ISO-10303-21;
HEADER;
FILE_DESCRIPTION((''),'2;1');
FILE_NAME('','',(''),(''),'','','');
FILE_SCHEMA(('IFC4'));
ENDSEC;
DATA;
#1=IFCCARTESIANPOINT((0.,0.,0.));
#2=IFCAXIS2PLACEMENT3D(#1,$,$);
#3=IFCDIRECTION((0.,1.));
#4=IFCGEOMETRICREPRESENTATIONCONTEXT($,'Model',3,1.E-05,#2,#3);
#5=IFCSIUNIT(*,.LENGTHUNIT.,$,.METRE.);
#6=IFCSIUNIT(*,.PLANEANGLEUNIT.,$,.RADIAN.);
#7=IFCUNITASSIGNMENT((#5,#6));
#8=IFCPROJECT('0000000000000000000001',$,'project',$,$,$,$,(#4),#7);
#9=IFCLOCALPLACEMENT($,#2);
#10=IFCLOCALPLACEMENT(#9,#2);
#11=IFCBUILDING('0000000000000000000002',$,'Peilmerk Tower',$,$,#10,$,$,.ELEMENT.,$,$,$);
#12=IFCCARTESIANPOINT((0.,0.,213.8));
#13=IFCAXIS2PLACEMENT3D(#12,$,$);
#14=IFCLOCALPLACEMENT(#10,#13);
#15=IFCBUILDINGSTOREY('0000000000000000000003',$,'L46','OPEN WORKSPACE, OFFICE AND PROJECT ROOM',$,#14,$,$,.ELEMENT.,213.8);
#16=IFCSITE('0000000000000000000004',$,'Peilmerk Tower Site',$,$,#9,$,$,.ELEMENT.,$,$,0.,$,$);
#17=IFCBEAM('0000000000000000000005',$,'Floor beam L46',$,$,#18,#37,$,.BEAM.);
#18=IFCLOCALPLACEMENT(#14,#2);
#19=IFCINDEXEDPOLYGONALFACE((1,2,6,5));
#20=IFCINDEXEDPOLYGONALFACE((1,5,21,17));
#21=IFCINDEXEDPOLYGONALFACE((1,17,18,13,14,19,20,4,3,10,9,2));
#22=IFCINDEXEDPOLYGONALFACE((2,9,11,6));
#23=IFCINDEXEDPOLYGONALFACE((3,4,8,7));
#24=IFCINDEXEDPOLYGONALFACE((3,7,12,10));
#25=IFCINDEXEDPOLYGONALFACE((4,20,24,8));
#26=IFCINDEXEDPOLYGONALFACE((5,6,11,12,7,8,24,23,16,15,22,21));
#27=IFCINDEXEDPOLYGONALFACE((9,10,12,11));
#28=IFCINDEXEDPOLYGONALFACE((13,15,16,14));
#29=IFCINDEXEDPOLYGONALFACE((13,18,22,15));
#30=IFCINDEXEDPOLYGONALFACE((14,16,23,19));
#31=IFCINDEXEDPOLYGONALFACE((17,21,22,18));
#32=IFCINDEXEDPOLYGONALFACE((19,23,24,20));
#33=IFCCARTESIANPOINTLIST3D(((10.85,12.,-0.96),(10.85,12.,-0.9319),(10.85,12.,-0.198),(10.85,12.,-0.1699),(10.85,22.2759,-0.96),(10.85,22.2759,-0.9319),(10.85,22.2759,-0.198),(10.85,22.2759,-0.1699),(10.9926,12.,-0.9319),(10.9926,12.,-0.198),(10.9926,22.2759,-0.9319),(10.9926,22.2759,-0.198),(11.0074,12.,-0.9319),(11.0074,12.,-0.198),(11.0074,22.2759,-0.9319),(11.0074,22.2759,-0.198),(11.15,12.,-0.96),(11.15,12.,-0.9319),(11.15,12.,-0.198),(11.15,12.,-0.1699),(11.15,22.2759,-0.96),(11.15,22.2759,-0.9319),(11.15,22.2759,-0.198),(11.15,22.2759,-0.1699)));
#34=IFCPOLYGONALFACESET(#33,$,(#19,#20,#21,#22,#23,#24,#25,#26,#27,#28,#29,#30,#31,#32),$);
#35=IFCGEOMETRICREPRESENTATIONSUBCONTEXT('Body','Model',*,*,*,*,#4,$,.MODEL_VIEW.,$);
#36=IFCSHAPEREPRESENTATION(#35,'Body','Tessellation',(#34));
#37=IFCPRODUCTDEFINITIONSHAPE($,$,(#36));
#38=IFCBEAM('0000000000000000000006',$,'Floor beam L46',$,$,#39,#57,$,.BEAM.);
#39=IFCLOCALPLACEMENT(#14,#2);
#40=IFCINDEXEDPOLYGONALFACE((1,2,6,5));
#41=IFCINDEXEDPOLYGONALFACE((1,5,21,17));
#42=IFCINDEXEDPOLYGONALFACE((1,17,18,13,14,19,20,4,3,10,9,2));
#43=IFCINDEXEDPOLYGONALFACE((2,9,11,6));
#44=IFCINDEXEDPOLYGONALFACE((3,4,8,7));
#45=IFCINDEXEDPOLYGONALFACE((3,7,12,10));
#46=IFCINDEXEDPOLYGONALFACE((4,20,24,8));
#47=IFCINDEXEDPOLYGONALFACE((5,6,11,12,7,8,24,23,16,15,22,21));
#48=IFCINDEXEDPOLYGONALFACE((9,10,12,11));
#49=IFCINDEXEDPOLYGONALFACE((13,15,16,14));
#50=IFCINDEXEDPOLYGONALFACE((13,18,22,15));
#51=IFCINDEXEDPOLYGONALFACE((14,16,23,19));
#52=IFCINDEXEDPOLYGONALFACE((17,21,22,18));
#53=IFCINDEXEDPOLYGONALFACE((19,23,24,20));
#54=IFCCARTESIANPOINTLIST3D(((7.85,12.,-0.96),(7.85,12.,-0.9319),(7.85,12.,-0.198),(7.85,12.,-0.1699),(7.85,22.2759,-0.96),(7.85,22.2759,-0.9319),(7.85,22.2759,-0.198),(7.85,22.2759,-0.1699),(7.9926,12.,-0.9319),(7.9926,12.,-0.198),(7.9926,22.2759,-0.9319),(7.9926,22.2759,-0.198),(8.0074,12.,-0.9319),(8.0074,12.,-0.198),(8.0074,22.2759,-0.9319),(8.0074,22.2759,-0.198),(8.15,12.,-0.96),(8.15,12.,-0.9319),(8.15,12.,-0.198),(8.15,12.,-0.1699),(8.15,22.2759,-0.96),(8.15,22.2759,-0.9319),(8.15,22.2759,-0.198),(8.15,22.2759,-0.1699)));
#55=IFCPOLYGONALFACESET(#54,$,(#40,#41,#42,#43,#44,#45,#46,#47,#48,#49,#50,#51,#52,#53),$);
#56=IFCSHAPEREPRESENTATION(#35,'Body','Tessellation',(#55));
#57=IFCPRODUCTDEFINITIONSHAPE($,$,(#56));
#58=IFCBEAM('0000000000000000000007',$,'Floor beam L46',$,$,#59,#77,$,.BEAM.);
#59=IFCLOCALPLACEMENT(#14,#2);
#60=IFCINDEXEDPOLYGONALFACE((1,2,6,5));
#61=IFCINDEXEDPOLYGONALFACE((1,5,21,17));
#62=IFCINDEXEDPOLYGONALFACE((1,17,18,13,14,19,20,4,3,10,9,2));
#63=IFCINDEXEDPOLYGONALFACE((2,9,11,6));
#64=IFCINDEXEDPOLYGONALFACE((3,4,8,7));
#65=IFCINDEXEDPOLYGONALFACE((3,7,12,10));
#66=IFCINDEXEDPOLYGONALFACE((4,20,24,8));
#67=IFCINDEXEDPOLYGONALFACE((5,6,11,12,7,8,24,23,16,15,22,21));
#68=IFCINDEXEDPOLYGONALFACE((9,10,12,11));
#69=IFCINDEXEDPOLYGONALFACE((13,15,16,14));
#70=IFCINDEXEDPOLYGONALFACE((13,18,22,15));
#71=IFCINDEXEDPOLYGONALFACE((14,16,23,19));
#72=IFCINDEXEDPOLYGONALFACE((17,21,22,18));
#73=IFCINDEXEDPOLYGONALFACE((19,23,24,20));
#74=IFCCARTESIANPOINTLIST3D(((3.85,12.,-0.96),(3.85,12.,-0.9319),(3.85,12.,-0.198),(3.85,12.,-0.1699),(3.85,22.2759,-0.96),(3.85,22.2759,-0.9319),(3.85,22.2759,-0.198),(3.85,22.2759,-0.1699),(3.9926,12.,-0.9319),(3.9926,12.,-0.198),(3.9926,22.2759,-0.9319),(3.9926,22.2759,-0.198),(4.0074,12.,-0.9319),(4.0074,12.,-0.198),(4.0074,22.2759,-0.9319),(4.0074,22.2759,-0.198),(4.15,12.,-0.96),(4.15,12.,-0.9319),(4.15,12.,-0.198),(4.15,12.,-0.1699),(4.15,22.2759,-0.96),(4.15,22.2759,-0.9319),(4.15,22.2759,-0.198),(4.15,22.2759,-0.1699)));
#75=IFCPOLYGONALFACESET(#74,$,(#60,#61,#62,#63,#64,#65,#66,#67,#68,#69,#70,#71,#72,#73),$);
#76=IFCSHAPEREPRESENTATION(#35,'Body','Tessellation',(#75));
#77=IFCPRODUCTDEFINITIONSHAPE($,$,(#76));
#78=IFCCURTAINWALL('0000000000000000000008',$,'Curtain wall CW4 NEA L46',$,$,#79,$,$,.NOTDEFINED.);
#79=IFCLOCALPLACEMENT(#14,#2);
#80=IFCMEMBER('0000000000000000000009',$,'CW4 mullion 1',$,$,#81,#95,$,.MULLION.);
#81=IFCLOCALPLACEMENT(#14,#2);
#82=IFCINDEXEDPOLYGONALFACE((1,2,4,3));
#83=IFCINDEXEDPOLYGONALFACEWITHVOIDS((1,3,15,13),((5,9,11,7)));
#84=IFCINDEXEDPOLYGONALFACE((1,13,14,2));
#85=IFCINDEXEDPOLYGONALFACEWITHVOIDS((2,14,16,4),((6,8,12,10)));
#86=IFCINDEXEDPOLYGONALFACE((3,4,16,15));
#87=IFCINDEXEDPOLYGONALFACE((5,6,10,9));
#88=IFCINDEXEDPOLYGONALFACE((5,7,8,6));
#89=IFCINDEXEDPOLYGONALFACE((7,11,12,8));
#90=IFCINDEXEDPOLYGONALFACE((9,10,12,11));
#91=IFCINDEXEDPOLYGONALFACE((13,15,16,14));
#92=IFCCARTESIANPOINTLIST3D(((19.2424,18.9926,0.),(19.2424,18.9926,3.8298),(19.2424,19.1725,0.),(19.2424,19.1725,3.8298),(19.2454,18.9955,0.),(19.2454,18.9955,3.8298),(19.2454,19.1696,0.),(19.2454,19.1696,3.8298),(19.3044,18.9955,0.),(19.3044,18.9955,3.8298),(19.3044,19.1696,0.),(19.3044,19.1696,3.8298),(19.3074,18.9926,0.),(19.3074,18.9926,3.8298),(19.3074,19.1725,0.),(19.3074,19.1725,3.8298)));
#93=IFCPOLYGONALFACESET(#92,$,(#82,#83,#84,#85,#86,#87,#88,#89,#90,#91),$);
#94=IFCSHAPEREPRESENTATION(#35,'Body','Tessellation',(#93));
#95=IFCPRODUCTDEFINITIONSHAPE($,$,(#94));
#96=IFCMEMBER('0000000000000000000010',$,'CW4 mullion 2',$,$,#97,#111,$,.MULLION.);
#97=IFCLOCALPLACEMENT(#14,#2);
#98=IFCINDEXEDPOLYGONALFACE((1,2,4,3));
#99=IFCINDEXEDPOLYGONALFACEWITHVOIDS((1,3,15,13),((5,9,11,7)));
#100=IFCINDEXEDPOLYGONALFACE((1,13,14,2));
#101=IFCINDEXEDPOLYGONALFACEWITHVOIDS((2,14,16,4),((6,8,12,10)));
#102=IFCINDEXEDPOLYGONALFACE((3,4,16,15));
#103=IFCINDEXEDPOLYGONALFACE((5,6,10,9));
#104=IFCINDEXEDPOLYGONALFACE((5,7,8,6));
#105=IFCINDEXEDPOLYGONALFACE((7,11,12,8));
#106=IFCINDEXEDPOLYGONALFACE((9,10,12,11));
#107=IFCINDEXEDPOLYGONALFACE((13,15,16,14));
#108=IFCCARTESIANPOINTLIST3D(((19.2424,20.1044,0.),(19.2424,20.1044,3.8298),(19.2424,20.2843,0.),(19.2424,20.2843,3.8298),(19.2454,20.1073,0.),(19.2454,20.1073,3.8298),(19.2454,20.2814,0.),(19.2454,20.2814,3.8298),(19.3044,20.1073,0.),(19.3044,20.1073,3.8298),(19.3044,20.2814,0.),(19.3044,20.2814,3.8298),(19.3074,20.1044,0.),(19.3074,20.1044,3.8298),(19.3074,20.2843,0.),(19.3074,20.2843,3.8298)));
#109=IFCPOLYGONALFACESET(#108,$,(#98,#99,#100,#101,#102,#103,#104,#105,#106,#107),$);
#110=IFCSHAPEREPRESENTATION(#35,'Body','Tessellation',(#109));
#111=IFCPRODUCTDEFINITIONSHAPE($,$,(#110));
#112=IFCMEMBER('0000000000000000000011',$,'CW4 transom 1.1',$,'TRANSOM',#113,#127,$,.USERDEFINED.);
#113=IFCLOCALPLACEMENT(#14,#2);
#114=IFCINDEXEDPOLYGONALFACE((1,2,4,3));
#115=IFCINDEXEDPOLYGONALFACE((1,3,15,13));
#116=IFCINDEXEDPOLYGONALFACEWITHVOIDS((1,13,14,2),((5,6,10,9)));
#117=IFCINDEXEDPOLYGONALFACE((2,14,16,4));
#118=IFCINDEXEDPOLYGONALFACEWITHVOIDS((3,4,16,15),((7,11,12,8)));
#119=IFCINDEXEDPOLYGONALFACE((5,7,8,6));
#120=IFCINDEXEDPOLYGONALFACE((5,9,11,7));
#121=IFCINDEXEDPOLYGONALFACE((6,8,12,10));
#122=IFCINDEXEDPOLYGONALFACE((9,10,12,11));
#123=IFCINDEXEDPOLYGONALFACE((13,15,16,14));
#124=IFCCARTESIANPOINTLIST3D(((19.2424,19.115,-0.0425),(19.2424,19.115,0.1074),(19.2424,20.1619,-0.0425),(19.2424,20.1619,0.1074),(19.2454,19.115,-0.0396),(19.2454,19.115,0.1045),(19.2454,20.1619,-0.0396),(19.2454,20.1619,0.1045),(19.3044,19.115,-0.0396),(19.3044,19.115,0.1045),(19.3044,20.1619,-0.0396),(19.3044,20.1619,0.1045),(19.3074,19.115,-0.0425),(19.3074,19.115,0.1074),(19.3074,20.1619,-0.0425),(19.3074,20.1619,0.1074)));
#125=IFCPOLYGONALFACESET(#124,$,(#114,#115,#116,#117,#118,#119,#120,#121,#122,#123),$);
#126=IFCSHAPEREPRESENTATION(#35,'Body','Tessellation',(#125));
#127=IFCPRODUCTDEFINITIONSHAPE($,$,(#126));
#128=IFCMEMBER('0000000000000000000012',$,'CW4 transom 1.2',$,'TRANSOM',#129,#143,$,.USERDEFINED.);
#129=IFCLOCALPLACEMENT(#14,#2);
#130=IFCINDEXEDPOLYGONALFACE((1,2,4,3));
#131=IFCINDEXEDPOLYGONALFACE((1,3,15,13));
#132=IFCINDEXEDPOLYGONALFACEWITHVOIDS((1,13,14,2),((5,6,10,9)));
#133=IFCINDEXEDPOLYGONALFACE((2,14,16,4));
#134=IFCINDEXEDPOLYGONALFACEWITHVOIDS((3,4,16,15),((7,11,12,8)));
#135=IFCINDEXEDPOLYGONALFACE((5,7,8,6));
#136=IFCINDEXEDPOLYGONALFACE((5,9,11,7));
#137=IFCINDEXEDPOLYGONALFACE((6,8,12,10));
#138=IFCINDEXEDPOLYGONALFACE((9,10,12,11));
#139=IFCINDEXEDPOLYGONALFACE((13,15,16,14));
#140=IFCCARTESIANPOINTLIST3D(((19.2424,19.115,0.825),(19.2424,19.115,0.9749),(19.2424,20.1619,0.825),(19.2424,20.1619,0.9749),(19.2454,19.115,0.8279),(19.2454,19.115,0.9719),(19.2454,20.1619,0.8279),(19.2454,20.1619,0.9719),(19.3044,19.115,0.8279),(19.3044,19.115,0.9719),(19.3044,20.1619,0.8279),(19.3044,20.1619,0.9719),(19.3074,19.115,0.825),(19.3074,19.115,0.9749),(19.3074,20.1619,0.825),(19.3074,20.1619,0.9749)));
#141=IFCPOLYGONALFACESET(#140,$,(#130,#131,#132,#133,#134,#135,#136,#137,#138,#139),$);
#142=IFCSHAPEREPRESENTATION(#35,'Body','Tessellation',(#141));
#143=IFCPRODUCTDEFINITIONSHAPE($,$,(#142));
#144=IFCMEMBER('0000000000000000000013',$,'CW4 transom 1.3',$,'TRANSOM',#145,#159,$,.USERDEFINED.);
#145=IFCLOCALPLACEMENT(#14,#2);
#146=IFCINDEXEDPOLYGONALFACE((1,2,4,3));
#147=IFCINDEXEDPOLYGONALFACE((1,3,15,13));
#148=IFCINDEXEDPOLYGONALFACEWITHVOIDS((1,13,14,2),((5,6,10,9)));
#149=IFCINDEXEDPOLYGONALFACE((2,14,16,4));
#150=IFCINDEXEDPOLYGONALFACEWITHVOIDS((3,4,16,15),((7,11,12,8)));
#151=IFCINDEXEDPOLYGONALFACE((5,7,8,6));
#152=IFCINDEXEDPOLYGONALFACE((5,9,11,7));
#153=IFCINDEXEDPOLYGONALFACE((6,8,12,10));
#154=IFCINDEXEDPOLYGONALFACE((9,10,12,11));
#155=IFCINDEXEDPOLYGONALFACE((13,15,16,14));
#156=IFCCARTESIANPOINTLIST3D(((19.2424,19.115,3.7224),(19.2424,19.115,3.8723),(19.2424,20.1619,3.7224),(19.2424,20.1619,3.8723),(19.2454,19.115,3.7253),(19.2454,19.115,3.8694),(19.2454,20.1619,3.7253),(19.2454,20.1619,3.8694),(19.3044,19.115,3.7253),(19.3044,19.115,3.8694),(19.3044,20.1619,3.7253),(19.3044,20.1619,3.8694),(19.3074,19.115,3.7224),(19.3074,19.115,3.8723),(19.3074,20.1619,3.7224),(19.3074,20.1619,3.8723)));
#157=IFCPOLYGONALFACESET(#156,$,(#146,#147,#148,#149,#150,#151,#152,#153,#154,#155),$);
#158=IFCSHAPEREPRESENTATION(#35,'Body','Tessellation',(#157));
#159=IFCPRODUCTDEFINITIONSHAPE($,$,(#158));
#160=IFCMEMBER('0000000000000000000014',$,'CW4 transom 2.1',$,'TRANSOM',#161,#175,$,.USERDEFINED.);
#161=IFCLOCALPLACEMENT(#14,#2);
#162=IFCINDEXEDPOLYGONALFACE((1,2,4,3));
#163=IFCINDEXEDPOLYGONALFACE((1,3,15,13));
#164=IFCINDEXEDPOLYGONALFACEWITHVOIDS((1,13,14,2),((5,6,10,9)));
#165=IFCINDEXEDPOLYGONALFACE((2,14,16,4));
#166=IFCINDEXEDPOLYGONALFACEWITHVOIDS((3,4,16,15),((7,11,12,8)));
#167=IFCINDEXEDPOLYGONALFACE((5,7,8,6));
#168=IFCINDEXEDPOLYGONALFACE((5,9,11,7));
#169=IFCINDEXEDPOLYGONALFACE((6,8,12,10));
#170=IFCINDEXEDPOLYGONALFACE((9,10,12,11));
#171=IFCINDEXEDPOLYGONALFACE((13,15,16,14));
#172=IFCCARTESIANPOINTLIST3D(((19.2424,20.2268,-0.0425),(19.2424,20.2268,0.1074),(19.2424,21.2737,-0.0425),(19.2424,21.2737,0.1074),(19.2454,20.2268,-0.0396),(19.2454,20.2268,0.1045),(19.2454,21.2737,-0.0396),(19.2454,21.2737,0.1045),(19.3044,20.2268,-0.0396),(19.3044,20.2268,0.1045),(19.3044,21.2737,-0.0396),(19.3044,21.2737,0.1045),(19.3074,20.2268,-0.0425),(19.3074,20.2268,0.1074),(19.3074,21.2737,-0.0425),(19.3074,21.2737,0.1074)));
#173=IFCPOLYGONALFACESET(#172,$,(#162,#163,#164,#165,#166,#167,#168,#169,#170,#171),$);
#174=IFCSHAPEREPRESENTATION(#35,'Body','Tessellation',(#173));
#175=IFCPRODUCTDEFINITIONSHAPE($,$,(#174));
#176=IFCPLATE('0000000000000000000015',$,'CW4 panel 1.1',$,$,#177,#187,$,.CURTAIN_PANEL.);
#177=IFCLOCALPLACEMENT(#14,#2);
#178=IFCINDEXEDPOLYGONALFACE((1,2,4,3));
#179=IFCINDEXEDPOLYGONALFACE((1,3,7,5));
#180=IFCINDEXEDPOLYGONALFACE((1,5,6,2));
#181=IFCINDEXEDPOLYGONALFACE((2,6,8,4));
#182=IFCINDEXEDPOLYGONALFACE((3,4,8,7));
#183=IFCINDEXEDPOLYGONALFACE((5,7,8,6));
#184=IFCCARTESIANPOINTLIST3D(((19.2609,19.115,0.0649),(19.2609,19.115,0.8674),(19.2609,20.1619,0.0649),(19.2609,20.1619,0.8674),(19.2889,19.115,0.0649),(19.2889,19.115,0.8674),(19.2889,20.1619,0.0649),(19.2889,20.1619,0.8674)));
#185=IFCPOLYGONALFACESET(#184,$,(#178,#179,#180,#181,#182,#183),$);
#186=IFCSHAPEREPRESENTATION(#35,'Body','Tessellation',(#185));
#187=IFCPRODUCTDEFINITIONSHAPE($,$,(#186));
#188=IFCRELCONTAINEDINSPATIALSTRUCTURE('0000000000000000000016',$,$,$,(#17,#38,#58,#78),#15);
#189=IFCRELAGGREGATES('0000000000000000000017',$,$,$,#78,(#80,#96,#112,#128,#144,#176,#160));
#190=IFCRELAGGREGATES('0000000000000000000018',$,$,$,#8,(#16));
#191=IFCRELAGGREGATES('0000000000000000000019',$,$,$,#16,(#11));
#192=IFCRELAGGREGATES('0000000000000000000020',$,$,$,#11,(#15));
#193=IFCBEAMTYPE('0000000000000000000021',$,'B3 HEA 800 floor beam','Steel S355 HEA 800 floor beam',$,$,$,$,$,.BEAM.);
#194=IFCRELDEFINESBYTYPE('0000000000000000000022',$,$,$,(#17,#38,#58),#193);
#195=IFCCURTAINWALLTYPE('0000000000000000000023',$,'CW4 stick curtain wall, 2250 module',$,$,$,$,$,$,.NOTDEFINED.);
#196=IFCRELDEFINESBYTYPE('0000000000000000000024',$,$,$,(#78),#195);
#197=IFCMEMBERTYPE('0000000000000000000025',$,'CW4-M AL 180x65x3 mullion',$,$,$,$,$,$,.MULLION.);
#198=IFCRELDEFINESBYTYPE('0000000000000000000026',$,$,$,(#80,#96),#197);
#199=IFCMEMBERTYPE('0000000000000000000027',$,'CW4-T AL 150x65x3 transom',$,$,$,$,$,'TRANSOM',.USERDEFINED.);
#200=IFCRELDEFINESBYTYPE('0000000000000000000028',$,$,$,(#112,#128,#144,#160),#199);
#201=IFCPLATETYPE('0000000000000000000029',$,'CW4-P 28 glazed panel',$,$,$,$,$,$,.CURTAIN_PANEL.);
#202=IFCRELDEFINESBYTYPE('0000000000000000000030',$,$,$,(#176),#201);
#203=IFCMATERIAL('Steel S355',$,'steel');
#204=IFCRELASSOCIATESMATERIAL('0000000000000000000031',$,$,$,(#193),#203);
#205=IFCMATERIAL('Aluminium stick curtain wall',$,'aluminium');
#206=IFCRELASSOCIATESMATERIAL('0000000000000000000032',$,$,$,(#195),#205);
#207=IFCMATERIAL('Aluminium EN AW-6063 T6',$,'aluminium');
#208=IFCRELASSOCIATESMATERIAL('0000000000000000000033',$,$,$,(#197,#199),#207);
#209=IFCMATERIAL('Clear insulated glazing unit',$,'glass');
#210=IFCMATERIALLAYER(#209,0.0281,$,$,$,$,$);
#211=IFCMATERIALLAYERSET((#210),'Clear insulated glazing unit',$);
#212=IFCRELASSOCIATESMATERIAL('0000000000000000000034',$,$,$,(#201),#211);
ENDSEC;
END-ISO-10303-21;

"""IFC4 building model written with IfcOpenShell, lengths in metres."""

from ifc_helpers import new_model, si_unit, direction, frame, origin, origin_2d, place, context, subcontext, project, spatial, rectangle, hollow_rectangle, i_section, extrude, material, layer, layer_set, material_profile, profile_set, type_object, element, aggregate, save


model = new_model("IFC4")

# Units and contexts
model_context = context("Model", 3, precision=1e-05, world=origin(), true_north=direction((0.0, 1.0)))
body_context = subcontext(model_context, "Body", "Model", "MODEL_VIEW")
ifc_project = project(units=[si_unit("LENGTHUNIT", "METRE"), si_unit("PLANEANGLEUNIT", "RADIAN")], contexts=[model_context])

# Site, building, storey
site_placement = place(None, origin())
site = spatial("IfcSite", under=ifc_project, at=site_placement, Name="Peilmerk Tower Site", CompositionType="ELEMENT", RefElevation=0.0)
building_placement = place(site_placement, origin())
building = spatial("IfcBuilding", under=site, at=building_placement, Name="Peilmerk Tower", CompositionType="ELEMENT")
storey_placement = place(building_placement, frame((0.0, 0.0, 213.8)))
storey = spatial("IfcBuildingStorey", under=building, at=storey_placement, Name="L46", Description="OPEN WORKSPACE, OFFICE AND PROJECT ROOM", CompositionType="ELEMENT", Elevation=213.8)

# Beams
ifc_material_1 = material(Name="Steel S355", Category="steel")
ifc_material_profile_1 = material_profile(ifc_material_1, i_section(OverallWidth=0.3, OverallDepth=0.79, WebThickness=0.0149, FlangeThickness=0.0281, at=origin_2d()), Name="HEA 800")
ifc_profile_set_1 = profile_set([ifc_material_profile_1], Name="Steel S355")
beam_type_1 = type_object("IfcBeamType", Name="B3 HEA 800 floor beam", Description="Steel S355 HEA 800 floor beam", PredefinedType="BEAM", material=ifc_profile_set_1)
for number, where, z_axis, x_axis, name in (
    (1, (11.0, 12.0, -0.5649), (0.0, 1.0, 0.0), (-1.0, 0.0, 0.0), "Floor beam L46"),
    (2, (8.0, 12.0, -0.5649), (0.0, 1.0, 0.0), (-1.0, 0.0, 0.0), "Floor beam L46"),
    (3, (4.0, 12.0, -0.5649), (0.0, 1.0, 0.0), (-1.0, 0.0, 0.0), "Floor beam L46"),
):
    element("IfcBeam", number, at=place(storey_placement, frame(where, z_axis=z_axis, x_axis=x_axis)), inside=storey, type_object=beam_type_1, Name=name, PredefinedType="BEAM", context=body_context, shape_type="SweptSolid", body=[
        extrude(i_section(OverallWidth=0.3, OverallDepth=0.79, WebThickness=0.0149, FlangeThickness=0.0281, at=origin_2d()), origin(), (0.0, 0.0, 1.0), 10.2759),
    ])

# Curtain wall, members, plate
ifc_material_2 = material(Name="Aluminium stick curtain wall", Category="aluminium")
curtain_wall_type = type_object("IfcCurtainWallType", Name="CW4 stick curtain wall, 2250 module", PredefinedType="NOTDEFINED", material=ifc_material_2)
curtain_wall_placement = place(storey_placement, origin())
curtain_wall = element("IfcCurtainWall", 4, at=curtain_wall_placement, inside=storey, type_object=curtain_wall_type, Name="Curtain wall CW4 NEA L46", PredefinedType="NOTDEFINED")
ifc_material_3 = material(Name="Aluminium EN AW-6063 T6", Category="aluminium")
ifc_material_profile_2 = material_profile(ifc_material_3, hollow_rectangle(XDim=0.0649, YDim=0.1799, WallThickness=0.0029, at=origin_2d()), Name="AL 180x65x3")
ifc_profile_set_2 = profile_set([ifc_material_profile_2], Name="Aluminium EN AW-6063 T6")
member_type_1 = type_object("IfcMemberType", Name="CW4-M AL 180x65x3 mullion", PredefinedType="MULLION", material=ifc_profile_set_2)
member_1_placement = place(storey_placement, frame((19.2749, 19.0825, 0.0), z_axis=(0.0, 0.0, 1.0), x_axis=(-1.0, 0.0, 0.0)))
member_1 = element("IfcMember", 5, at=member_1_placement, type_object=member_type_1, Name="CW4 mullion 1", PredefinedType="MULLION", context=body_context, shape_type="SweptSolid", body=[
    extrude(hollow_rectangle(XDim=0.0649, YDim=0.1799, WallThickness=0.0029, at=origin_2d()), origin(), (0.0, 0.0, 1.0), 3.8298),
])
member_2_placement = place(storey_placement, frame((19.2749, 20.1943, 0.0), z_axis=(0.0, 0.0, 1.0), x_axis=(-1.0, 0.0, 0.0)))
member_2 = element("IfcMember", 6, at=member_2_placement, type_object=member_type_1, Name="CW4 mullion 2", PredefinedType="MULLION", context=body_context, shape_type="SweptSolid", body=[
    extrude(hollow_rectangle(XDim=0.0649, YDim=0.1799, WallThickness=0.0029, at=origin_2d()), origin(), (0.0, 0.0, 1.0), 3.8298),
])
ifc_material_profile_3 = material_profile(ifc_material_3, hollow_rectangle(XDim=0.0649, YDim=0.1499, WallThickness=0.0029, at=origin_2d()), Name="AL 150x65x3")
ifc_profile_set_3 = profile_set([ifc_material_profile_3], Name="Aluminium EN AW-6063 T6")
member_type_2 = type_object("IfcMemberType", Name="CW4-T AL 150x65x3 transom", ElementType="TRANSOM", PredefinedType="USERDEFINED", material=ifc_profile_set_3)
member_3_placement = place(storey_placement, frame((19.2749, 19.115, 0.0325), z_axis=(0.0, 1.0, 0.0), x_axis=(-1.0, 0.0, 0.0)))
member_3 = element("IfcMember", 7, at=member_3_placement, type_object=member_type_2, Name="CW4 transom 1.1", ObjectType="TRANSOM", PredefinedType="USERDEFINED", context=body_context, shape_type="SweptSolid", body=[
    extrude(hollow_rectangle(XDim=0.0649, YDim=0.1499, WallThickness=0.0029, at=origin_2d()), origin(), (0.0, 0.0, 1.0), 1.0469),
])
member_4_placement = place(storey_placement, frame((19.2749, 19.115, 0.8999), z_axis=(0.0, 1.0, 0.0), x_axis=(-1.0, 0.0, 0.0)))
member_4 = element("IfcMember", 8, at=member_4_placement, type_object=member_type_2, Name="CW4 transom 1.2", ObjectType="TRANSOM", PredefinedType="USERDEFINED", context=body_context, shape_type="SweptSolid", body=[
    extrude(hollow_rectangle(XDim=0.0649, YDim=0.1499, WallThickness=0.0029, at=origin_2d()), origin(), (0.0, 0.0, 1.0), 1.0469),
])
member_5_placement = place(storey_placement, frame((19.2749, 19.115, 3.7974), z_axis=(0.0, 1.0, 0.0), x_axis=(-1.0, 0.0, 0.0)))
member_5 = element("IfcMember", 9, at=member_5_placement, type_object=member_type_2, Name="CW4 transom 1.3", ObjectType="TRANSOM", PredefinedType="USERDEFINED", context=body_context, shape_type="SweptSolid", body=[
    extrude(hollow_rectangle(XDim=0.0649, YDim=0.1499, WallThickness=0.0029, at=origin_2d()), origin(), (0.0, 0.0, 1.0), 1.0469),
])
member_6_placement = place(storey_placement, frame((19.2749, 20.2268, 0.0325), z_axis=(0.0, 1.0, 0.0), x_axis=(-1.0, 0.0, 0.0)))
member_6 = element("IfcMember", 10, at=member_6_placement, type_object=member_type_2, Name="CW4 transom 2.1", ObjectType="TRANSOM", PredefinedType="USERDEFINED", context=body_context, shape_type="SweptSolid", body=[
    extrude(hollow_rectangle(XDim=0.0649, YDim=0.1499, WallThickness=0.0029, at=origin_2d()), origin(), (0.0, 0.0, 1.0), 1.0469),
])
ifc_material_4 = material(Name="Clear insulated glazing unit", Category="glass")
ifc_layer_1 = layer(ifc_material_4, 0.0281)
ifc_layer_set_1 = layer_set([ifc_layer_1], Name="Clear insulated glazing unit")
plate_type = type_object("IfcPlateType", Name="CW4-P 28 glazed panel", PredefinedType="CURTAIN_PANEL", material=ifc_layer_set_1)
plate_1_placement = place(storey_placement, frame((19.2749, 19.6384, 0.0649), z_axis=(0.0, 0.0, 1.0), x_axis=(0.0, 1.0, 0.0)))
plate_1 = element("IfcPlate", 11, at=plate_1_placement, type_object=plate_type, Name="CW4 panel 1.1", PredefinedType="CURTAIN_PANEL", context=body_context, shape_type="SweptSolid", body=[
    extrude(rectangle(XDim=1.0469, YDim=0.0281, at=origin_2d()), origin(), (0.0, 0.0, 1.0), 0.8025),
])
aggregate(curtain_wall, [member_1, member_2, member_3, member_4, member_5, plate_1, member_6])

save(model, "model.ifc")
